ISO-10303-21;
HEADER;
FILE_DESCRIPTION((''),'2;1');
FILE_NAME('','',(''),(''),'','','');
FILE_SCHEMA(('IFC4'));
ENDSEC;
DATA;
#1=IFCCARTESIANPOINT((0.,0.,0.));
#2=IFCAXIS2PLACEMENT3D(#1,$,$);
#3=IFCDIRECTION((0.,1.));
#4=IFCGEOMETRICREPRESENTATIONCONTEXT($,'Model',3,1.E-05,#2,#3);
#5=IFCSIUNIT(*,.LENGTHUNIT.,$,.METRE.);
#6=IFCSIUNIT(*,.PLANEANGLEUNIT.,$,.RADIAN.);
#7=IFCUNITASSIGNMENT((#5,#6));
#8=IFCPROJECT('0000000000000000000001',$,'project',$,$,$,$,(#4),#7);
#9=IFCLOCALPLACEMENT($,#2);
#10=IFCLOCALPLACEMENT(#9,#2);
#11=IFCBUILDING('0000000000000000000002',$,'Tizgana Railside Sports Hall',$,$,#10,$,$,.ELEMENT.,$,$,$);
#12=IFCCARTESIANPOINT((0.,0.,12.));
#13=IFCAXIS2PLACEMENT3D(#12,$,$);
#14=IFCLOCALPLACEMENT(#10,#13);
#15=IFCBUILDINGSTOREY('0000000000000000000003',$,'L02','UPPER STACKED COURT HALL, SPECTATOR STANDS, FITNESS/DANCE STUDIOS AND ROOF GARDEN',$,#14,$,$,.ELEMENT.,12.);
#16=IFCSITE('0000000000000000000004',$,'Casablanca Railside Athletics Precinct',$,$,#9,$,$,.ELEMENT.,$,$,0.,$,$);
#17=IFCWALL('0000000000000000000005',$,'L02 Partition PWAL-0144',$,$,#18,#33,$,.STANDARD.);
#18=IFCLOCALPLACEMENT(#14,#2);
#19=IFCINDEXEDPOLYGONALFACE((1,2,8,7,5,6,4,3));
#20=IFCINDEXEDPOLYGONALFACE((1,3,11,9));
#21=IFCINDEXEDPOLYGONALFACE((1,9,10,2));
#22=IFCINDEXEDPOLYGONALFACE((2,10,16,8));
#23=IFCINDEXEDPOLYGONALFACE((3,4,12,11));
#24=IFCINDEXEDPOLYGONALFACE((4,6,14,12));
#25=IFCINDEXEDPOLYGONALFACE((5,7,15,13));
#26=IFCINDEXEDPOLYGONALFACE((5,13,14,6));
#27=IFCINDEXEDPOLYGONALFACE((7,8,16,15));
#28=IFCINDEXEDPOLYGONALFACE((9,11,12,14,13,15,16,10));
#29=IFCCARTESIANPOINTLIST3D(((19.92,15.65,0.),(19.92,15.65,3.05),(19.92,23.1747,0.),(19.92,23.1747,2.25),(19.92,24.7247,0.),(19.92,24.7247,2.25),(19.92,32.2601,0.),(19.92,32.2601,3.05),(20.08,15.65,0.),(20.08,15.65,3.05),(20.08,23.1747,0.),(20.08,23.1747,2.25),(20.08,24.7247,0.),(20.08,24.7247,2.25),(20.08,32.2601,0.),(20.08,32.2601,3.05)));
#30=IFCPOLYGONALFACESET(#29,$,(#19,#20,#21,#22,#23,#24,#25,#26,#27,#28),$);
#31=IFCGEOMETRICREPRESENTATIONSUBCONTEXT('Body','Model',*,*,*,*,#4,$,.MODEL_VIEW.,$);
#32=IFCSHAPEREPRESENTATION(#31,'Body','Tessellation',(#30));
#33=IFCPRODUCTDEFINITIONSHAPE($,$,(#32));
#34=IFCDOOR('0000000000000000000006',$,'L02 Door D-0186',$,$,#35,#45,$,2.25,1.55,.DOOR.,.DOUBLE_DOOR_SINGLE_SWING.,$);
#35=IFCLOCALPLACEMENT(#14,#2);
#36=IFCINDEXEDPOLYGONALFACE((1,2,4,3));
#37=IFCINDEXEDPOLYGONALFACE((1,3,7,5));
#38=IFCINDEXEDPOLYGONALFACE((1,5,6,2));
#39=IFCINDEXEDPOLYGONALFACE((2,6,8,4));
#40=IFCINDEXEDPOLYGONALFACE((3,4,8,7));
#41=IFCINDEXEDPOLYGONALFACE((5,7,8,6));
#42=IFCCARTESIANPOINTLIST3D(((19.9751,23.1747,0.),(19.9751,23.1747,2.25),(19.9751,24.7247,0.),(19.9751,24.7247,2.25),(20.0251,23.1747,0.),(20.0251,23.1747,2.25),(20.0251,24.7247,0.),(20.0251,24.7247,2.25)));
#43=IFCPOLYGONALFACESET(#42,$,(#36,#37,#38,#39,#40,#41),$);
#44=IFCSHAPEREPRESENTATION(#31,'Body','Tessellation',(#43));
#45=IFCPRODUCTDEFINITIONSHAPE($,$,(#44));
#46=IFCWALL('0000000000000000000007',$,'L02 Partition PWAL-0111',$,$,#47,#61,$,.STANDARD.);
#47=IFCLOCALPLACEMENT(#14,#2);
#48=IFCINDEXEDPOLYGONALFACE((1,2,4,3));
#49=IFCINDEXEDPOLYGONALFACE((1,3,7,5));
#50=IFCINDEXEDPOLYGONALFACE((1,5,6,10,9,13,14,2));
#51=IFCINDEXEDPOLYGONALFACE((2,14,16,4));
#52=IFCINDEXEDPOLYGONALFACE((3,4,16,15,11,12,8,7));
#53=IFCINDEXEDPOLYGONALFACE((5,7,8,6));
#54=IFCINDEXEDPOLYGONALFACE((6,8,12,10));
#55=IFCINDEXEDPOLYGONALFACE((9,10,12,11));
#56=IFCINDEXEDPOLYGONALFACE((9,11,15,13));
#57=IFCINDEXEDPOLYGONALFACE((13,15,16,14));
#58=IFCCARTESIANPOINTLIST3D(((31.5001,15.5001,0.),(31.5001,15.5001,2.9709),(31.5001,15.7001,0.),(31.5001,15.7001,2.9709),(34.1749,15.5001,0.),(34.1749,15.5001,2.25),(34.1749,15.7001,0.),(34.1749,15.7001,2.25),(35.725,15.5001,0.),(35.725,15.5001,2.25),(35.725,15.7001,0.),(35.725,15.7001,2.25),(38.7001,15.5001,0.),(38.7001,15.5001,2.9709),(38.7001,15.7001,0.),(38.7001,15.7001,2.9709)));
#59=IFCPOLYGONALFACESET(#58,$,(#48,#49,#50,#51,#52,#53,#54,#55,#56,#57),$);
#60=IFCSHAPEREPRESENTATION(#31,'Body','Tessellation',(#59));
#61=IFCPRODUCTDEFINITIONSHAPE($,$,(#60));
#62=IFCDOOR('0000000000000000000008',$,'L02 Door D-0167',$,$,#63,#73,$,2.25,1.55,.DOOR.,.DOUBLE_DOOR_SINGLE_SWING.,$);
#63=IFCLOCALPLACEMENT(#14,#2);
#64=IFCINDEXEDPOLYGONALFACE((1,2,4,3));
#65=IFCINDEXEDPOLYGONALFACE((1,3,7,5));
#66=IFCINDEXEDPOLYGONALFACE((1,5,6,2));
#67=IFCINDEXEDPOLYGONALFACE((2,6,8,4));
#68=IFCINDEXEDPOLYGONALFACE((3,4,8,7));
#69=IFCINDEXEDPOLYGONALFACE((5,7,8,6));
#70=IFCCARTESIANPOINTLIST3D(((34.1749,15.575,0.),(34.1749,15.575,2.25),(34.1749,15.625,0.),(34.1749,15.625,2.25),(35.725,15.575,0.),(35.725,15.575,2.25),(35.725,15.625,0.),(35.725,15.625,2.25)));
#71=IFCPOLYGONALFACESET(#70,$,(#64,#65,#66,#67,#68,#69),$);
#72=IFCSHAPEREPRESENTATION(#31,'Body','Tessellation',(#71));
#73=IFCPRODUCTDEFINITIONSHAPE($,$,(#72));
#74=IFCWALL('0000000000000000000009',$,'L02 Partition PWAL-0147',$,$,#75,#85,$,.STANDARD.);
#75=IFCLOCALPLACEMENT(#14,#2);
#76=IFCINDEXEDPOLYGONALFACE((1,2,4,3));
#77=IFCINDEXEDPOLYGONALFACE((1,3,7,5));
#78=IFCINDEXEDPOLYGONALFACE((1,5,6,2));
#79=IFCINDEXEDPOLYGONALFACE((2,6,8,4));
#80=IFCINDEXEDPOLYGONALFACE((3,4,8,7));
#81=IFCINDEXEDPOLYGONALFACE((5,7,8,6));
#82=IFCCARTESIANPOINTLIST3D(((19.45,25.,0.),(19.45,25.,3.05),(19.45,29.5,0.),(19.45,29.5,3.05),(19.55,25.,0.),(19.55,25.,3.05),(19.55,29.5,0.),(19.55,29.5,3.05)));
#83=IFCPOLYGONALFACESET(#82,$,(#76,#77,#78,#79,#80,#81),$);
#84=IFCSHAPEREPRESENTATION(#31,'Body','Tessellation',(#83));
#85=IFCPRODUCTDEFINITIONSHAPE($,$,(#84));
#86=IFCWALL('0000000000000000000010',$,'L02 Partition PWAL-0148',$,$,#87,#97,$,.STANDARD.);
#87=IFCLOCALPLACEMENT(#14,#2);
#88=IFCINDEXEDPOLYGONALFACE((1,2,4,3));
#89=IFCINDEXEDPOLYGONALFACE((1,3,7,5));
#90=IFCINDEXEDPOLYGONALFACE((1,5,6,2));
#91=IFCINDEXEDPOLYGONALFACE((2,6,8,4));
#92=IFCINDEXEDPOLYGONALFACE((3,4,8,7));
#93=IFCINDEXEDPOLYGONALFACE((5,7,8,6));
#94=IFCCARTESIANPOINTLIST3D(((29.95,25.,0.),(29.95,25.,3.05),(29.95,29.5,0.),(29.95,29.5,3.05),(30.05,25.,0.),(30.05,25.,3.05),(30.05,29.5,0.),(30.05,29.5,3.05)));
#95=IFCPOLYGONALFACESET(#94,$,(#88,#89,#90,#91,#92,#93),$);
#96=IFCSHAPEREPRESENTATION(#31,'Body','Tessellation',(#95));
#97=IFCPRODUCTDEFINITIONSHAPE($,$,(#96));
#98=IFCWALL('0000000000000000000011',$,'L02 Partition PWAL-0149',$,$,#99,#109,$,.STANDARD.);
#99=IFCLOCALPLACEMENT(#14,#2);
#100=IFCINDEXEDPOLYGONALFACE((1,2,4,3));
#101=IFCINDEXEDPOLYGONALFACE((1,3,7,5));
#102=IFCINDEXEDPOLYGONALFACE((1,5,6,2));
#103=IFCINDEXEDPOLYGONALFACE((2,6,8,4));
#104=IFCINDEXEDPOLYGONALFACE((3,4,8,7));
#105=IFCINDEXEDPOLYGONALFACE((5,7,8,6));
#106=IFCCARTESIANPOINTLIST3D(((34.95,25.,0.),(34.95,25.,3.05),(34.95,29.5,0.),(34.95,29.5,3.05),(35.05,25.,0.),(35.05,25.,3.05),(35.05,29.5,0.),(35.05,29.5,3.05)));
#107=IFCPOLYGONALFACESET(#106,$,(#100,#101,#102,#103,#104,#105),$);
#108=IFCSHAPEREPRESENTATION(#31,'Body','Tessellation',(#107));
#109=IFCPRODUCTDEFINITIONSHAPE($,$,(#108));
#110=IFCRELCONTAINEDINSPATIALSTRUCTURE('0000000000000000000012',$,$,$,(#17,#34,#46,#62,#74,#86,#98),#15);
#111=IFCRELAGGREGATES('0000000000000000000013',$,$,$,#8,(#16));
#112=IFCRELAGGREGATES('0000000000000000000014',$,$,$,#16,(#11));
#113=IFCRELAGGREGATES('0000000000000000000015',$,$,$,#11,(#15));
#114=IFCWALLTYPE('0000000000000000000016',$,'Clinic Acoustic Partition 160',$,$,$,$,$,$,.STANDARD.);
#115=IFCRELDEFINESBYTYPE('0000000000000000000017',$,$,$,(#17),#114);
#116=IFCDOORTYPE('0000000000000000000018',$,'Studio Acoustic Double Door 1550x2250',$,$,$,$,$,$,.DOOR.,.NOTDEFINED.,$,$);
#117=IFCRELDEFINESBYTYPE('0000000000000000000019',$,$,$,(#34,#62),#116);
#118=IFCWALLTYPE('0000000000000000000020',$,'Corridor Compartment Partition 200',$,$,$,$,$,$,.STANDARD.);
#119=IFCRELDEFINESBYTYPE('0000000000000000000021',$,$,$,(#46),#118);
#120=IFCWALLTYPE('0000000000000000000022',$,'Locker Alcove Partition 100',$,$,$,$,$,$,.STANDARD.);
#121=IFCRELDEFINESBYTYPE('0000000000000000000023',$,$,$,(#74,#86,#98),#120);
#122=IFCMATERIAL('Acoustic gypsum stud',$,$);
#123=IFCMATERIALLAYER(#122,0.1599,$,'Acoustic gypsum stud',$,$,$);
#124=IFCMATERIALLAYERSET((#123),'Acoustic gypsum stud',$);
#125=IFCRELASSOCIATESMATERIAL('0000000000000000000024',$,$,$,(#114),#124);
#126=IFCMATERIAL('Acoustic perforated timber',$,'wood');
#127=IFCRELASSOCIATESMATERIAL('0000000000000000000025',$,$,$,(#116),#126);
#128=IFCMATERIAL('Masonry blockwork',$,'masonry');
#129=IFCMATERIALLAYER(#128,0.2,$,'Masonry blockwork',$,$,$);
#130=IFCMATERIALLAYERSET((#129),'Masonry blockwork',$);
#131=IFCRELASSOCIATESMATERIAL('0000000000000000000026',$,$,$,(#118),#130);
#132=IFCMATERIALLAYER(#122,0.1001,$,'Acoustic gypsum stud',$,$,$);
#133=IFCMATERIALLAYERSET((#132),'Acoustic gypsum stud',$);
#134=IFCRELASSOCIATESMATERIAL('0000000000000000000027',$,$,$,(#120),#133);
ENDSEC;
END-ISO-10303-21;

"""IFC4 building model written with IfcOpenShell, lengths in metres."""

from ifc_helpers import new_model, si_unit, direction, frame, frame_2d, origin, place, context, subcontext, project, spatial, rectangle, extrude, material, layer, layer_set, type_object, element, fill, save


model = new_model("IFC4")

# Units and contexts
model_context = context("Model", 3, precision=1e-05, world=origin(), true_north=direction((0.0, 1.0)))
body_context = subcontext(model_context, "Body", "Model", "MODEL_VIEW")
ifc_project = project(units=[si_unit("LENGTHUNIT", "METRE"), si_unit("PLANEANGLEUNIT", "RADIAN")], contexts=[model_context])

# Site, building, storey
site_placement = place(None, origin())
site = spatial("IfcSite", under=ifc_project, at=site_placement, Name="Casablanca Railside Athletics Precinct", CompositionType="ELEMENT", RefElevation=0.0)
building_placement = place(site_placement, origin())
building = spatial("IfcBuilding", under=site, at=building_placement, Name="Tizgana Railside Sports Hall", CompositionType="ELEMENT")
storey_placement = place(building_placement, frame((0.0, 0.0, 12.0)))
storey = spatial("IfcBuildingStorey", under=building, at=storey_placement, Name="L02", Description="UPPER STACKED COURT HALL, SPECTATOR STANDS, FITNESS/DANCE STUDIOS AND ROOF GARDEN", CompositionType="ELEMENT", Elevation=12.0)

# Walls, openings, doors
ifc_material_1 = material(Name="Acoustic gypsum stud")
ifc_layer_1 = layer(ifc_material_1, 0.1599, Name="Acoustic gypsum stud")
ifc_layer_set_1 = layer_set([ifc_layer_1], Name="Acoustic gypsum stud")
wall_type_1 = type_object("IfcWallType", Name="Clinic Acoustic Partition 160", PredefinedType="STANDARD", material=ifc_layer_set_1)
wall_1_placement = place(storey_placement, frame((20.0, 15.6499, 0.0), z_axis=(0.0, 0.0, 1.0), x_axis=(0.0, 1.0, 0.0)))
wall_1 = element("IfcWall", 1, at=wall_1_placement, inside=storey, type_object=wall_type_1, Name="L02 Partition PWAL-0144", PredefinedType="STANDARD", context=body_context, shape_type="SweptSolid", body=[
    extrude(rectangle(XDim=16.6101, YDim=0.1599, at=frame_2d((8.3052, 0.0))), origin(), (0.0, 0.0, 1.0), 3.05),
])
opening_1_placement = place(wall_1_placement, frame((7.5249, 0.0, 0.0)))
opening_1 = element("IfcOpeningElement", 2, at=opening_1_placement, cuts=wall_1, PredefinedType="OPENING", context=body_context, shape_type="SweptSolid", body=[
    extrude(rectangle(XDim=1.55, YDim=2.25, at=frame_2d((0.7749, 1.125))), frame((0.0, 0.0898, 0.0), z_axis=(0.0, -1.0, 0.0), x_axis=(1.0, 0.0, 0.0)), (0.0, 0.0, 1.0), 0.1799),
])
ifc_material_2 = material(Name="Acoustic perforated timber", Category="wood")
door_type = type_object("IfcDoorType", Name="Studio Acoustic Double Door 1550x2250", OperationType="NOTDEFINED", PredefinedType="DOOR", material=ifc_material_2)
door_1_placement = place(opening_1_placement, origin())
door_1 = element("IfcDoor", 3, at=door_1_placement, inside=storey, type_object=door_type, Name="L02 Door D-0186", OperationType="DOUBLE_DOOR_SINGLE_SWING", OverallHeight=2.25, OverallWidth=1.55, PredefinedType="DOOR", context=body_context, shape_type="SweptSolid", body=[
    extrude(rectangle(XDim=1.55, YDim=2.25, at=frame_2d((0.7749, 1.125))), frame((0.0, 0.0249, 0.0), z_axis=(0.0, -1.0, 0.0), x_axis=(1.0, 0.0, 0.0)), (0.0, 0.0, 1.0), 0.05),
])
fill(opening_1, door_1)
ifc_material_3 = material(Name="Masonry blockwork", Category="masonry")
ifc_layer_2 = layer(ifc_material_3, 0.2, Name="Masonry blockwork")
ifc_layer_set_2 = layer_set([ifc_layer_2], Name="Masonry blockwork")
wall_type_2 = type_object("IfcWallType", Name="Corridor Compartment Partition 200", PredefinedType="STANDARD", material=ifc_layer_set_2)
wall_2_placement = place(storey_placement, frame((31.5, 15.6001, 0.0), z_axis=(0.0, 0.0, 1.0), x_axis=(1.0, 0.0, 0.0)))
wall_2 = element("IfcWall", 4, at=wall_2_placement, inside=storey, type_object=wall_type_2, Name="L02 Partition PWAL-0111", PredefinedType="STANDARD", context=body_context, shape_type="SweptSolid", body=[
    extrude(rectangle(XDim=7.2, YDim=0.2, at=frame_2d((3.6001, 0.0))), origin(), (0.0, 0.0, 1.0), 2.9709),
])
opening_2_placement = place(wall_2_placement, frame((2.675, 0.0, 0.0)))
opening_2 = element("IfcOpeningElement", 5, at=opening_2_placement, cuts=wall_2, PredefinedType="OPENING", context=body_context, shape_type="SweptSolid", body=[
    extrude(rectangle(XDim=1.55, YDim=2.25, at=frame_2d((0.7749, 1.125))), frame((0.0, 0.1099, 0.0), z_axis=(0.0, -1.0, 0.0), x_axis=(1.0, 0.0, 0.0)), (0.0, 0.0, 1.0), 0.22),
])
door_2_placement = place(opening_2_placement, origin())
door_2 = element("IfcDoor", 6, at=door_2_placement, inside=storey, type_object=door_type, Name="L02 Door D-0167", OperationType="DOUBLE_DOOR_SINGLE_SWING", OverallHeight=2.25, OverallWidth=1.55, PredefinedType="DOOR", context=body_context, shape_type="SweptSolid", body=[
    extrude(rectangle(XDim=1.55, YDim=2.25, at=frame_2d((0.7749, 1.125))), frame((0.0, 0.0249, 0.0), z_axis=(0.0, -1.0, 0.0), x_axis=(1.0, 0.0, 0.0)), (0.0, 0.0, 1.0), 0.05),
])
fill(opening_2, door_2)

# Walls
ifc_layer_3 = layer(ifc_material_1, 0.1001, Name="Acoustic gypsum stud")
ifc_layer_set_3 = layer_set([ifc_layer_3], Name="Acoustic gypsum stud")
wall_type_3 = type_object("IfcWallType", Name="Locker Alcove Partition 100", PredefinedType="STANDARD", material=ifc_layer_set_3)
for number, where, z_axis, x_axis, name in (
    (7, (19.5, 25.0, 0.0), (0.0, 0.0, 1.0), (0.0, 1.0, 0.0), "L02 Partition PWAL-0147"),
    (8, (30.0, 25.0, 0.0), (0.0, 0.0, 1.0), (0.0, 1.0, 0.0), "L02 Partition PWAL-0148"),
    (9, (35.0, 25.0, 0.0), (0.0, 0.0, 1.0), (0.0, 1.0, 0.0), "L02 Partition PWAL-0149"),
):
    element("IfcWall", number, at=place(storey_placement, frame(where, z_axis=z_axis, x_axis=x_axis)), inside=storey, type_object=wall_type_3, Name=name, PredefinedType="STANDARD", context=body_context, shape_type="SweptSolid", body=[
        extrude(rectangle(XDim=4.5, YDim=0.1001, at=frame_2d((2.25, 0.0))), origin(), (0.0, 0.0, 1.0), 3.05),
    ])

save(model, "model.ifc")
